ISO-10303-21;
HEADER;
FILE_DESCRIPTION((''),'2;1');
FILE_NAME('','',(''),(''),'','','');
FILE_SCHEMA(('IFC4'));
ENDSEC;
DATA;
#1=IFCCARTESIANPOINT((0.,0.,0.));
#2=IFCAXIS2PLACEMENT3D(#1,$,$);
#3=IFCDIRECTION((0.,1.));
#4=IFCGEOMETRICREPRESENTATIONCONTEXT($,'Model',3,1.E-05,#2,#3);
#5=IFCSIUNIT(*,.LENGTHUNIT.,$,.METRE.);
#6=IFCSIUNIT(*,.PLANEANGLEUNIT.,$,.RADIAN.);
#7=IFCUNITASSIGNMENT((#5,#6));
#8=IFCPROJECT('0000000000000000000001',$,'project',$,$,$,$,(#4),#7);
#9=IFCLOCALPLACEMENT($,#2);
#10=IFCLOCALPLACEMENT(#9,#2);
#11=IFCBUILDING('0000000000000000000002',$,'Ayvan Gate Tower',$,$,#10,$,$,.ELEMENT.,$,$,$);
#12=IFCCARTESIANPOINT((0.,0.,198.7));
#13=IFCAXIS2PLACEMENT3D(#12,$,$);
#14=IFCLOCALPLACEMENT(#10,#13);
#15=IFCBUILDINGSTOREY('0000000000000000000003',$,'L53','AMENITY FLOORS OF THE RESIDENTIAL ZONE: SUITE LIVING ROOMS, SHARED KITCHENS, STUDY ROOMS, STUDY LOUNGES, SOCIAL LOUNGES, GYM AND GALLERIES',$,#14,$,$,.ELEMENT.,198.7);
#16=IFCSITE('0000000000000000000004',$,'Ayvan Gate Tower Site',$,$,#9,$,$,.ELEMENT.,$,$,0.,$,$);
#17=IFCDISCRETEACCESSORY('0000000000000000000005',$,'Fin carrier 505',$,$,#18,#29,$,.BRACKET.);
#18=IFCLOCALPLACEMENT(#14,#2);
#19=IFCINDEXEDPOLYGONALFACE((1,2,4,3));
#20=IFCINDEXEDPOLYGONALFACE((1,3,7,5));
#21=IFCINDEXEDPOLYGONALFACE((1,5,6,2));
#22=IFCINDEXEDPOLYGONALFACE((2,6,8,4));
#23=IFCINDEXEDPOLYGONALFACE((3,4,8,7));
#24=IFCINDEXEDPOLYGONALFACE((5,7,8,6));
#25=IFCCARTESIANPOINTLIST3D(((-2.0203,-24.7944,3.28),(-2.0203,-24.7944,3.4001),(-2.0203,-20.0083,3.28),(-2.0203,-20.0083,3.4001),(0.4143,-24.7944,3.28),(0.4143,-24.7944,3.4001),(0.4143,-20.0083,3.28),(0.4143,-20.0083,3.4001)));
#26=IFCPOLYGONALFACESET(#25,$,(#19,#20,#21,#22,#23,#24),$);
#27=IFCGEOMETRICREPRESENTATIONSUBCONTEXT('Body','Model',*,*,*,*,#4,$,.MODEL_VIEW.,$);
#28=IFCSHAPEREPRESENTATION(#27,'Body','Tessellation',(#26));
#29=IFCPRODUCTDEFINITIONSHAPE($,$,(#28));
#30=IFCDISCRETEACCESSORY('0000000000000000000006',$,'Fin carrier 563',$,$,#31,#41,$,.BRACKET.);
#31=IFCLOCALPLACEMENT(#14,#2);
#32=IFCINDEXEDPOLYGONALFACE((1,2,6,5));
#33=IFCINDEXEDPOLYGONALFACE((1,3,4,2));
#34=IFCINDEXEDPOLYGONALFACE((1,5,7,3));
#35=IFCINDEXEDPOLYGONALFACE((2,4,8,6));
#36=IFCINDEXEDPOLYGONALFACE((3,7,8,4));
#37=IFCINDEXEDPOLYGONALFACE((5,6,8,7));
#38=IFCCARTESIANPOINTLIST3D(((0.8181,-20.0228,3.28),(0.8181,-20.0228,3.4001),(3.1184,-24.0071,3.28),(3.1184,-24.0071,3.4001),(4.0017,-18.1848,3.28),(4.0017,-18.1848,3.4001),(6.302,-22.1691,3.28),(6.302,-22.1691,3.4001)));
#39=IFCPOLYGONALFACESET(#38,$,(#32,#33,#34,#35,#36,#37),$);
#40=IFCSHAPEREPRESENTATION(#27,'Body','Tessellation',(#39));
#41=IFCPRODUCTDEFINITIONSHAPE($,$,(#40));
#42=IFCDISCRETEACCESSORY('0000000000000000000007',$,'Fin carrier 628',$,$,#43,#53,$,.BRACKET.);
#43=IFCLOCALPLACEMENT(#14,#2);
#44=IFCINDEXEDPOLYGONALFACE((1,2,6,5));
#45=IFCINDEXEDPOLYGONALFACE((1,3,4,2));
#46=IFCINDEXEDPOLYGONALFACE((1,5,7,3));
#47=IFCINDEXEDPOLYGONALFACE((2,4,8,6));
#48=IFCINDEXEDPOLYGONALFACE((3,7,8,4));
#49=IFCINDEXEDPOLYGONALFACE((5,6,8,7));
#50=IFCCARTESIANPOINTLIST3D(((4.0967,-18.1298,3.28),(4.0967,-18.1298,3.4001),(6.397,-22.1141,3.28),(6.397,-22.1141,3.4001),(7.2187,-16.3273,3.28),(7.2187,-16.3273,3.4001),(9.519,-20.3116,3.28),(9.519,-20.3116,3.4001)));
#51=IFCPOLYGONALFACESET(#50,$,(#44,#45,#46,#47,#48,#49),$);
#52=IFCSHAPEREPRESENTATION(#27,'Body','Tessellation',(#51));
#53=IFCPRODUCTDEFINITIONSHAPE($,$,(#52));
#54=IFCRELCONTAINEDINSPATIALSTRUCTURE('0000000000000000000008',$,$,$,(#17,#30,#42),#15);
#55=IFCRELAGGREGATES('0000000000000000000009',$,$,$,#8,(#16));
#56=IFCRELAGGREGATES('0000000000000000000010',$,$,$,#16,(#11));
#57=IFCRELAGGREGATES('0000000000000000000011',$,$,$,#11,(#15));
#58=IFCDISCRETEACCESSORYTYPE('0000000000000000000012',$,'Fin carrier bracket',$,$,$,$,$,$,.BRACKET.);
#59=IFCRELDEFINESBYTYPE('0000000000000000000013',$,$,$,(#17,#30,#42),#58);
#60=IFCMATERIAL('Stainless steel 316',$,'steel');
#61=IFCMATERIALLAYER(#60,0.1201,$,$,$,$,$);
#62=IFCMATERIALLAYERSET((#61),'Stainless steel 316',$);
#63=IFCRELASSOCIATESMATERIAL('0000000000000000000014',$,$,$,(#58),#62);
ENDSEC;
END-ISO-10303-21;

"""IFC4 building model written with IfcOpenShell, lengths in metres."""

from ifc_helpers import new_model, si_unit, direction, frame, origin, origin_2d, place, context, subcontext, project, spatial, rectangle, extrude, material, layer, layer_set, type_object, element, save


model = new_model("IFC4")

# Units and contexts
model_context = context("Model", 3, precision=1e-05, world=origin(), true_north=direction((0.0, 1.0)))
body_context = subcontext(model_context, "Body", "Model", "MODEL_VIEW")
ifc_project = project(units=[si_unit("LENGTHUNIT", "METRE"), si_unit("PLANEANGLEUNIT", "RADIAN")], contexts=[model_context])

# Site, building, storey
site_placement = place(None, origin())
site = spatial("IfcSite", under=ifc_project, at=site_placement, Name="Ayvan Gate Tower Site", CompositionType="ELEMENT", RefElevation=0.0)
building_placement = place(site_placement, origin())
building = spatial("IfcBuilding", under=site, at=building_placement, Name="Ayvan Gate Tower", CompositionType="ELEMENT")
storey_placement = place(building_placement, frame((0.0, 0.0, 198.7)))
storey = spatial("IfcBuildingStorey", under=building, at=storey_placement, Name="L53", Description="AMENITY FLOORS OF THE RESIDENTIAL ZONE: SUITE LIVING ROOMS, SHARED KITCHENS, STUDY ROOMS, STUDY LOUNGES, SOCIAL LOUNGES, GYM AND GALLERIES", CompositionType="ELEMENT", Elevation=198.7)

# Discrete accessories
ifc_material_1 = material(Name="Stainless steel 316", Category="steel")
ifc_layer_1 = layer(ifc_material_1, 0.1201)
ifc_layer_set_1 = layer_set([ifc_layer_1], Name="Stainless steel 316")
discrete_accessory_type = type_object("IfcDiscreteAccessoryType", Name="Fin carrier bracket", PredefinedType="BRACKET", material=ifc_layer_set_1)
discrete_accessory_1_placement = place(storey_placement, frame((-0.803, -22.4014, 3.28), z_axis=(0.0, 0.0, 1.0), x_axis=(1.0, 0.0, 0.0)))
element("IfcDiscreteAccessory", 1, at=discrete_accessory_1_placement, inside=storey, type_object=discrete_accessory_type, Name="Fin carrier 505", PredefinedType="BRACKET", context=body_context, shape_type="SweptSolid", body=[
    extrude(rectangle(XDim=2.4346, YDim=4.7861, at=origin_2d()), origin(), (0.0, 0.0, 1.0), 0.1201),
])
discrete_accessory_2_placement = place(storey_placement, frame((3.5601, -21.0959, 3.28), z_axis=(0.0, 0.0, 1.0), x_axis=(0.866025, 0.5, 0.0)))
element("IfcDiscreteAccessory", 2, at=discrete_accessory_2_placement, inside=storey, type_object=discrete_accessory_type, Name="Fin carrier 563", PredefinedType="BRACKET", context=body_context, shape_type="SweptSolid", body=[
    extrude(rectangle(XDim=3.676, YDim=4.6006, at=origin_2d()), origin(), (0.0, 0.0, 1.0), 0.1201),
])
discrete_accessory_3_placement = place(storey_placement, frame((6.8079, -19.2207, 3.28), z_axis=(0.0, 0.0, 1.0), x_axis=(0.866025, 0.5, 0.0)))
element("IfcDiscreteAccessory", 3, at=discrete_accessory_3_placement, inside=storey, type_object=discrete_accessory_type, Name="Fin carrier 628", PredefinedType="BRACKET", context=body_context, shape_type="SweptSolid", body=[
    extrude(rectangle(XDim=3.605, YDim=4.6006, at=origin_2d()), origin(), (0.0, 0.0, 1.0), 0.1201),
])

save(model, "model.ifc")
